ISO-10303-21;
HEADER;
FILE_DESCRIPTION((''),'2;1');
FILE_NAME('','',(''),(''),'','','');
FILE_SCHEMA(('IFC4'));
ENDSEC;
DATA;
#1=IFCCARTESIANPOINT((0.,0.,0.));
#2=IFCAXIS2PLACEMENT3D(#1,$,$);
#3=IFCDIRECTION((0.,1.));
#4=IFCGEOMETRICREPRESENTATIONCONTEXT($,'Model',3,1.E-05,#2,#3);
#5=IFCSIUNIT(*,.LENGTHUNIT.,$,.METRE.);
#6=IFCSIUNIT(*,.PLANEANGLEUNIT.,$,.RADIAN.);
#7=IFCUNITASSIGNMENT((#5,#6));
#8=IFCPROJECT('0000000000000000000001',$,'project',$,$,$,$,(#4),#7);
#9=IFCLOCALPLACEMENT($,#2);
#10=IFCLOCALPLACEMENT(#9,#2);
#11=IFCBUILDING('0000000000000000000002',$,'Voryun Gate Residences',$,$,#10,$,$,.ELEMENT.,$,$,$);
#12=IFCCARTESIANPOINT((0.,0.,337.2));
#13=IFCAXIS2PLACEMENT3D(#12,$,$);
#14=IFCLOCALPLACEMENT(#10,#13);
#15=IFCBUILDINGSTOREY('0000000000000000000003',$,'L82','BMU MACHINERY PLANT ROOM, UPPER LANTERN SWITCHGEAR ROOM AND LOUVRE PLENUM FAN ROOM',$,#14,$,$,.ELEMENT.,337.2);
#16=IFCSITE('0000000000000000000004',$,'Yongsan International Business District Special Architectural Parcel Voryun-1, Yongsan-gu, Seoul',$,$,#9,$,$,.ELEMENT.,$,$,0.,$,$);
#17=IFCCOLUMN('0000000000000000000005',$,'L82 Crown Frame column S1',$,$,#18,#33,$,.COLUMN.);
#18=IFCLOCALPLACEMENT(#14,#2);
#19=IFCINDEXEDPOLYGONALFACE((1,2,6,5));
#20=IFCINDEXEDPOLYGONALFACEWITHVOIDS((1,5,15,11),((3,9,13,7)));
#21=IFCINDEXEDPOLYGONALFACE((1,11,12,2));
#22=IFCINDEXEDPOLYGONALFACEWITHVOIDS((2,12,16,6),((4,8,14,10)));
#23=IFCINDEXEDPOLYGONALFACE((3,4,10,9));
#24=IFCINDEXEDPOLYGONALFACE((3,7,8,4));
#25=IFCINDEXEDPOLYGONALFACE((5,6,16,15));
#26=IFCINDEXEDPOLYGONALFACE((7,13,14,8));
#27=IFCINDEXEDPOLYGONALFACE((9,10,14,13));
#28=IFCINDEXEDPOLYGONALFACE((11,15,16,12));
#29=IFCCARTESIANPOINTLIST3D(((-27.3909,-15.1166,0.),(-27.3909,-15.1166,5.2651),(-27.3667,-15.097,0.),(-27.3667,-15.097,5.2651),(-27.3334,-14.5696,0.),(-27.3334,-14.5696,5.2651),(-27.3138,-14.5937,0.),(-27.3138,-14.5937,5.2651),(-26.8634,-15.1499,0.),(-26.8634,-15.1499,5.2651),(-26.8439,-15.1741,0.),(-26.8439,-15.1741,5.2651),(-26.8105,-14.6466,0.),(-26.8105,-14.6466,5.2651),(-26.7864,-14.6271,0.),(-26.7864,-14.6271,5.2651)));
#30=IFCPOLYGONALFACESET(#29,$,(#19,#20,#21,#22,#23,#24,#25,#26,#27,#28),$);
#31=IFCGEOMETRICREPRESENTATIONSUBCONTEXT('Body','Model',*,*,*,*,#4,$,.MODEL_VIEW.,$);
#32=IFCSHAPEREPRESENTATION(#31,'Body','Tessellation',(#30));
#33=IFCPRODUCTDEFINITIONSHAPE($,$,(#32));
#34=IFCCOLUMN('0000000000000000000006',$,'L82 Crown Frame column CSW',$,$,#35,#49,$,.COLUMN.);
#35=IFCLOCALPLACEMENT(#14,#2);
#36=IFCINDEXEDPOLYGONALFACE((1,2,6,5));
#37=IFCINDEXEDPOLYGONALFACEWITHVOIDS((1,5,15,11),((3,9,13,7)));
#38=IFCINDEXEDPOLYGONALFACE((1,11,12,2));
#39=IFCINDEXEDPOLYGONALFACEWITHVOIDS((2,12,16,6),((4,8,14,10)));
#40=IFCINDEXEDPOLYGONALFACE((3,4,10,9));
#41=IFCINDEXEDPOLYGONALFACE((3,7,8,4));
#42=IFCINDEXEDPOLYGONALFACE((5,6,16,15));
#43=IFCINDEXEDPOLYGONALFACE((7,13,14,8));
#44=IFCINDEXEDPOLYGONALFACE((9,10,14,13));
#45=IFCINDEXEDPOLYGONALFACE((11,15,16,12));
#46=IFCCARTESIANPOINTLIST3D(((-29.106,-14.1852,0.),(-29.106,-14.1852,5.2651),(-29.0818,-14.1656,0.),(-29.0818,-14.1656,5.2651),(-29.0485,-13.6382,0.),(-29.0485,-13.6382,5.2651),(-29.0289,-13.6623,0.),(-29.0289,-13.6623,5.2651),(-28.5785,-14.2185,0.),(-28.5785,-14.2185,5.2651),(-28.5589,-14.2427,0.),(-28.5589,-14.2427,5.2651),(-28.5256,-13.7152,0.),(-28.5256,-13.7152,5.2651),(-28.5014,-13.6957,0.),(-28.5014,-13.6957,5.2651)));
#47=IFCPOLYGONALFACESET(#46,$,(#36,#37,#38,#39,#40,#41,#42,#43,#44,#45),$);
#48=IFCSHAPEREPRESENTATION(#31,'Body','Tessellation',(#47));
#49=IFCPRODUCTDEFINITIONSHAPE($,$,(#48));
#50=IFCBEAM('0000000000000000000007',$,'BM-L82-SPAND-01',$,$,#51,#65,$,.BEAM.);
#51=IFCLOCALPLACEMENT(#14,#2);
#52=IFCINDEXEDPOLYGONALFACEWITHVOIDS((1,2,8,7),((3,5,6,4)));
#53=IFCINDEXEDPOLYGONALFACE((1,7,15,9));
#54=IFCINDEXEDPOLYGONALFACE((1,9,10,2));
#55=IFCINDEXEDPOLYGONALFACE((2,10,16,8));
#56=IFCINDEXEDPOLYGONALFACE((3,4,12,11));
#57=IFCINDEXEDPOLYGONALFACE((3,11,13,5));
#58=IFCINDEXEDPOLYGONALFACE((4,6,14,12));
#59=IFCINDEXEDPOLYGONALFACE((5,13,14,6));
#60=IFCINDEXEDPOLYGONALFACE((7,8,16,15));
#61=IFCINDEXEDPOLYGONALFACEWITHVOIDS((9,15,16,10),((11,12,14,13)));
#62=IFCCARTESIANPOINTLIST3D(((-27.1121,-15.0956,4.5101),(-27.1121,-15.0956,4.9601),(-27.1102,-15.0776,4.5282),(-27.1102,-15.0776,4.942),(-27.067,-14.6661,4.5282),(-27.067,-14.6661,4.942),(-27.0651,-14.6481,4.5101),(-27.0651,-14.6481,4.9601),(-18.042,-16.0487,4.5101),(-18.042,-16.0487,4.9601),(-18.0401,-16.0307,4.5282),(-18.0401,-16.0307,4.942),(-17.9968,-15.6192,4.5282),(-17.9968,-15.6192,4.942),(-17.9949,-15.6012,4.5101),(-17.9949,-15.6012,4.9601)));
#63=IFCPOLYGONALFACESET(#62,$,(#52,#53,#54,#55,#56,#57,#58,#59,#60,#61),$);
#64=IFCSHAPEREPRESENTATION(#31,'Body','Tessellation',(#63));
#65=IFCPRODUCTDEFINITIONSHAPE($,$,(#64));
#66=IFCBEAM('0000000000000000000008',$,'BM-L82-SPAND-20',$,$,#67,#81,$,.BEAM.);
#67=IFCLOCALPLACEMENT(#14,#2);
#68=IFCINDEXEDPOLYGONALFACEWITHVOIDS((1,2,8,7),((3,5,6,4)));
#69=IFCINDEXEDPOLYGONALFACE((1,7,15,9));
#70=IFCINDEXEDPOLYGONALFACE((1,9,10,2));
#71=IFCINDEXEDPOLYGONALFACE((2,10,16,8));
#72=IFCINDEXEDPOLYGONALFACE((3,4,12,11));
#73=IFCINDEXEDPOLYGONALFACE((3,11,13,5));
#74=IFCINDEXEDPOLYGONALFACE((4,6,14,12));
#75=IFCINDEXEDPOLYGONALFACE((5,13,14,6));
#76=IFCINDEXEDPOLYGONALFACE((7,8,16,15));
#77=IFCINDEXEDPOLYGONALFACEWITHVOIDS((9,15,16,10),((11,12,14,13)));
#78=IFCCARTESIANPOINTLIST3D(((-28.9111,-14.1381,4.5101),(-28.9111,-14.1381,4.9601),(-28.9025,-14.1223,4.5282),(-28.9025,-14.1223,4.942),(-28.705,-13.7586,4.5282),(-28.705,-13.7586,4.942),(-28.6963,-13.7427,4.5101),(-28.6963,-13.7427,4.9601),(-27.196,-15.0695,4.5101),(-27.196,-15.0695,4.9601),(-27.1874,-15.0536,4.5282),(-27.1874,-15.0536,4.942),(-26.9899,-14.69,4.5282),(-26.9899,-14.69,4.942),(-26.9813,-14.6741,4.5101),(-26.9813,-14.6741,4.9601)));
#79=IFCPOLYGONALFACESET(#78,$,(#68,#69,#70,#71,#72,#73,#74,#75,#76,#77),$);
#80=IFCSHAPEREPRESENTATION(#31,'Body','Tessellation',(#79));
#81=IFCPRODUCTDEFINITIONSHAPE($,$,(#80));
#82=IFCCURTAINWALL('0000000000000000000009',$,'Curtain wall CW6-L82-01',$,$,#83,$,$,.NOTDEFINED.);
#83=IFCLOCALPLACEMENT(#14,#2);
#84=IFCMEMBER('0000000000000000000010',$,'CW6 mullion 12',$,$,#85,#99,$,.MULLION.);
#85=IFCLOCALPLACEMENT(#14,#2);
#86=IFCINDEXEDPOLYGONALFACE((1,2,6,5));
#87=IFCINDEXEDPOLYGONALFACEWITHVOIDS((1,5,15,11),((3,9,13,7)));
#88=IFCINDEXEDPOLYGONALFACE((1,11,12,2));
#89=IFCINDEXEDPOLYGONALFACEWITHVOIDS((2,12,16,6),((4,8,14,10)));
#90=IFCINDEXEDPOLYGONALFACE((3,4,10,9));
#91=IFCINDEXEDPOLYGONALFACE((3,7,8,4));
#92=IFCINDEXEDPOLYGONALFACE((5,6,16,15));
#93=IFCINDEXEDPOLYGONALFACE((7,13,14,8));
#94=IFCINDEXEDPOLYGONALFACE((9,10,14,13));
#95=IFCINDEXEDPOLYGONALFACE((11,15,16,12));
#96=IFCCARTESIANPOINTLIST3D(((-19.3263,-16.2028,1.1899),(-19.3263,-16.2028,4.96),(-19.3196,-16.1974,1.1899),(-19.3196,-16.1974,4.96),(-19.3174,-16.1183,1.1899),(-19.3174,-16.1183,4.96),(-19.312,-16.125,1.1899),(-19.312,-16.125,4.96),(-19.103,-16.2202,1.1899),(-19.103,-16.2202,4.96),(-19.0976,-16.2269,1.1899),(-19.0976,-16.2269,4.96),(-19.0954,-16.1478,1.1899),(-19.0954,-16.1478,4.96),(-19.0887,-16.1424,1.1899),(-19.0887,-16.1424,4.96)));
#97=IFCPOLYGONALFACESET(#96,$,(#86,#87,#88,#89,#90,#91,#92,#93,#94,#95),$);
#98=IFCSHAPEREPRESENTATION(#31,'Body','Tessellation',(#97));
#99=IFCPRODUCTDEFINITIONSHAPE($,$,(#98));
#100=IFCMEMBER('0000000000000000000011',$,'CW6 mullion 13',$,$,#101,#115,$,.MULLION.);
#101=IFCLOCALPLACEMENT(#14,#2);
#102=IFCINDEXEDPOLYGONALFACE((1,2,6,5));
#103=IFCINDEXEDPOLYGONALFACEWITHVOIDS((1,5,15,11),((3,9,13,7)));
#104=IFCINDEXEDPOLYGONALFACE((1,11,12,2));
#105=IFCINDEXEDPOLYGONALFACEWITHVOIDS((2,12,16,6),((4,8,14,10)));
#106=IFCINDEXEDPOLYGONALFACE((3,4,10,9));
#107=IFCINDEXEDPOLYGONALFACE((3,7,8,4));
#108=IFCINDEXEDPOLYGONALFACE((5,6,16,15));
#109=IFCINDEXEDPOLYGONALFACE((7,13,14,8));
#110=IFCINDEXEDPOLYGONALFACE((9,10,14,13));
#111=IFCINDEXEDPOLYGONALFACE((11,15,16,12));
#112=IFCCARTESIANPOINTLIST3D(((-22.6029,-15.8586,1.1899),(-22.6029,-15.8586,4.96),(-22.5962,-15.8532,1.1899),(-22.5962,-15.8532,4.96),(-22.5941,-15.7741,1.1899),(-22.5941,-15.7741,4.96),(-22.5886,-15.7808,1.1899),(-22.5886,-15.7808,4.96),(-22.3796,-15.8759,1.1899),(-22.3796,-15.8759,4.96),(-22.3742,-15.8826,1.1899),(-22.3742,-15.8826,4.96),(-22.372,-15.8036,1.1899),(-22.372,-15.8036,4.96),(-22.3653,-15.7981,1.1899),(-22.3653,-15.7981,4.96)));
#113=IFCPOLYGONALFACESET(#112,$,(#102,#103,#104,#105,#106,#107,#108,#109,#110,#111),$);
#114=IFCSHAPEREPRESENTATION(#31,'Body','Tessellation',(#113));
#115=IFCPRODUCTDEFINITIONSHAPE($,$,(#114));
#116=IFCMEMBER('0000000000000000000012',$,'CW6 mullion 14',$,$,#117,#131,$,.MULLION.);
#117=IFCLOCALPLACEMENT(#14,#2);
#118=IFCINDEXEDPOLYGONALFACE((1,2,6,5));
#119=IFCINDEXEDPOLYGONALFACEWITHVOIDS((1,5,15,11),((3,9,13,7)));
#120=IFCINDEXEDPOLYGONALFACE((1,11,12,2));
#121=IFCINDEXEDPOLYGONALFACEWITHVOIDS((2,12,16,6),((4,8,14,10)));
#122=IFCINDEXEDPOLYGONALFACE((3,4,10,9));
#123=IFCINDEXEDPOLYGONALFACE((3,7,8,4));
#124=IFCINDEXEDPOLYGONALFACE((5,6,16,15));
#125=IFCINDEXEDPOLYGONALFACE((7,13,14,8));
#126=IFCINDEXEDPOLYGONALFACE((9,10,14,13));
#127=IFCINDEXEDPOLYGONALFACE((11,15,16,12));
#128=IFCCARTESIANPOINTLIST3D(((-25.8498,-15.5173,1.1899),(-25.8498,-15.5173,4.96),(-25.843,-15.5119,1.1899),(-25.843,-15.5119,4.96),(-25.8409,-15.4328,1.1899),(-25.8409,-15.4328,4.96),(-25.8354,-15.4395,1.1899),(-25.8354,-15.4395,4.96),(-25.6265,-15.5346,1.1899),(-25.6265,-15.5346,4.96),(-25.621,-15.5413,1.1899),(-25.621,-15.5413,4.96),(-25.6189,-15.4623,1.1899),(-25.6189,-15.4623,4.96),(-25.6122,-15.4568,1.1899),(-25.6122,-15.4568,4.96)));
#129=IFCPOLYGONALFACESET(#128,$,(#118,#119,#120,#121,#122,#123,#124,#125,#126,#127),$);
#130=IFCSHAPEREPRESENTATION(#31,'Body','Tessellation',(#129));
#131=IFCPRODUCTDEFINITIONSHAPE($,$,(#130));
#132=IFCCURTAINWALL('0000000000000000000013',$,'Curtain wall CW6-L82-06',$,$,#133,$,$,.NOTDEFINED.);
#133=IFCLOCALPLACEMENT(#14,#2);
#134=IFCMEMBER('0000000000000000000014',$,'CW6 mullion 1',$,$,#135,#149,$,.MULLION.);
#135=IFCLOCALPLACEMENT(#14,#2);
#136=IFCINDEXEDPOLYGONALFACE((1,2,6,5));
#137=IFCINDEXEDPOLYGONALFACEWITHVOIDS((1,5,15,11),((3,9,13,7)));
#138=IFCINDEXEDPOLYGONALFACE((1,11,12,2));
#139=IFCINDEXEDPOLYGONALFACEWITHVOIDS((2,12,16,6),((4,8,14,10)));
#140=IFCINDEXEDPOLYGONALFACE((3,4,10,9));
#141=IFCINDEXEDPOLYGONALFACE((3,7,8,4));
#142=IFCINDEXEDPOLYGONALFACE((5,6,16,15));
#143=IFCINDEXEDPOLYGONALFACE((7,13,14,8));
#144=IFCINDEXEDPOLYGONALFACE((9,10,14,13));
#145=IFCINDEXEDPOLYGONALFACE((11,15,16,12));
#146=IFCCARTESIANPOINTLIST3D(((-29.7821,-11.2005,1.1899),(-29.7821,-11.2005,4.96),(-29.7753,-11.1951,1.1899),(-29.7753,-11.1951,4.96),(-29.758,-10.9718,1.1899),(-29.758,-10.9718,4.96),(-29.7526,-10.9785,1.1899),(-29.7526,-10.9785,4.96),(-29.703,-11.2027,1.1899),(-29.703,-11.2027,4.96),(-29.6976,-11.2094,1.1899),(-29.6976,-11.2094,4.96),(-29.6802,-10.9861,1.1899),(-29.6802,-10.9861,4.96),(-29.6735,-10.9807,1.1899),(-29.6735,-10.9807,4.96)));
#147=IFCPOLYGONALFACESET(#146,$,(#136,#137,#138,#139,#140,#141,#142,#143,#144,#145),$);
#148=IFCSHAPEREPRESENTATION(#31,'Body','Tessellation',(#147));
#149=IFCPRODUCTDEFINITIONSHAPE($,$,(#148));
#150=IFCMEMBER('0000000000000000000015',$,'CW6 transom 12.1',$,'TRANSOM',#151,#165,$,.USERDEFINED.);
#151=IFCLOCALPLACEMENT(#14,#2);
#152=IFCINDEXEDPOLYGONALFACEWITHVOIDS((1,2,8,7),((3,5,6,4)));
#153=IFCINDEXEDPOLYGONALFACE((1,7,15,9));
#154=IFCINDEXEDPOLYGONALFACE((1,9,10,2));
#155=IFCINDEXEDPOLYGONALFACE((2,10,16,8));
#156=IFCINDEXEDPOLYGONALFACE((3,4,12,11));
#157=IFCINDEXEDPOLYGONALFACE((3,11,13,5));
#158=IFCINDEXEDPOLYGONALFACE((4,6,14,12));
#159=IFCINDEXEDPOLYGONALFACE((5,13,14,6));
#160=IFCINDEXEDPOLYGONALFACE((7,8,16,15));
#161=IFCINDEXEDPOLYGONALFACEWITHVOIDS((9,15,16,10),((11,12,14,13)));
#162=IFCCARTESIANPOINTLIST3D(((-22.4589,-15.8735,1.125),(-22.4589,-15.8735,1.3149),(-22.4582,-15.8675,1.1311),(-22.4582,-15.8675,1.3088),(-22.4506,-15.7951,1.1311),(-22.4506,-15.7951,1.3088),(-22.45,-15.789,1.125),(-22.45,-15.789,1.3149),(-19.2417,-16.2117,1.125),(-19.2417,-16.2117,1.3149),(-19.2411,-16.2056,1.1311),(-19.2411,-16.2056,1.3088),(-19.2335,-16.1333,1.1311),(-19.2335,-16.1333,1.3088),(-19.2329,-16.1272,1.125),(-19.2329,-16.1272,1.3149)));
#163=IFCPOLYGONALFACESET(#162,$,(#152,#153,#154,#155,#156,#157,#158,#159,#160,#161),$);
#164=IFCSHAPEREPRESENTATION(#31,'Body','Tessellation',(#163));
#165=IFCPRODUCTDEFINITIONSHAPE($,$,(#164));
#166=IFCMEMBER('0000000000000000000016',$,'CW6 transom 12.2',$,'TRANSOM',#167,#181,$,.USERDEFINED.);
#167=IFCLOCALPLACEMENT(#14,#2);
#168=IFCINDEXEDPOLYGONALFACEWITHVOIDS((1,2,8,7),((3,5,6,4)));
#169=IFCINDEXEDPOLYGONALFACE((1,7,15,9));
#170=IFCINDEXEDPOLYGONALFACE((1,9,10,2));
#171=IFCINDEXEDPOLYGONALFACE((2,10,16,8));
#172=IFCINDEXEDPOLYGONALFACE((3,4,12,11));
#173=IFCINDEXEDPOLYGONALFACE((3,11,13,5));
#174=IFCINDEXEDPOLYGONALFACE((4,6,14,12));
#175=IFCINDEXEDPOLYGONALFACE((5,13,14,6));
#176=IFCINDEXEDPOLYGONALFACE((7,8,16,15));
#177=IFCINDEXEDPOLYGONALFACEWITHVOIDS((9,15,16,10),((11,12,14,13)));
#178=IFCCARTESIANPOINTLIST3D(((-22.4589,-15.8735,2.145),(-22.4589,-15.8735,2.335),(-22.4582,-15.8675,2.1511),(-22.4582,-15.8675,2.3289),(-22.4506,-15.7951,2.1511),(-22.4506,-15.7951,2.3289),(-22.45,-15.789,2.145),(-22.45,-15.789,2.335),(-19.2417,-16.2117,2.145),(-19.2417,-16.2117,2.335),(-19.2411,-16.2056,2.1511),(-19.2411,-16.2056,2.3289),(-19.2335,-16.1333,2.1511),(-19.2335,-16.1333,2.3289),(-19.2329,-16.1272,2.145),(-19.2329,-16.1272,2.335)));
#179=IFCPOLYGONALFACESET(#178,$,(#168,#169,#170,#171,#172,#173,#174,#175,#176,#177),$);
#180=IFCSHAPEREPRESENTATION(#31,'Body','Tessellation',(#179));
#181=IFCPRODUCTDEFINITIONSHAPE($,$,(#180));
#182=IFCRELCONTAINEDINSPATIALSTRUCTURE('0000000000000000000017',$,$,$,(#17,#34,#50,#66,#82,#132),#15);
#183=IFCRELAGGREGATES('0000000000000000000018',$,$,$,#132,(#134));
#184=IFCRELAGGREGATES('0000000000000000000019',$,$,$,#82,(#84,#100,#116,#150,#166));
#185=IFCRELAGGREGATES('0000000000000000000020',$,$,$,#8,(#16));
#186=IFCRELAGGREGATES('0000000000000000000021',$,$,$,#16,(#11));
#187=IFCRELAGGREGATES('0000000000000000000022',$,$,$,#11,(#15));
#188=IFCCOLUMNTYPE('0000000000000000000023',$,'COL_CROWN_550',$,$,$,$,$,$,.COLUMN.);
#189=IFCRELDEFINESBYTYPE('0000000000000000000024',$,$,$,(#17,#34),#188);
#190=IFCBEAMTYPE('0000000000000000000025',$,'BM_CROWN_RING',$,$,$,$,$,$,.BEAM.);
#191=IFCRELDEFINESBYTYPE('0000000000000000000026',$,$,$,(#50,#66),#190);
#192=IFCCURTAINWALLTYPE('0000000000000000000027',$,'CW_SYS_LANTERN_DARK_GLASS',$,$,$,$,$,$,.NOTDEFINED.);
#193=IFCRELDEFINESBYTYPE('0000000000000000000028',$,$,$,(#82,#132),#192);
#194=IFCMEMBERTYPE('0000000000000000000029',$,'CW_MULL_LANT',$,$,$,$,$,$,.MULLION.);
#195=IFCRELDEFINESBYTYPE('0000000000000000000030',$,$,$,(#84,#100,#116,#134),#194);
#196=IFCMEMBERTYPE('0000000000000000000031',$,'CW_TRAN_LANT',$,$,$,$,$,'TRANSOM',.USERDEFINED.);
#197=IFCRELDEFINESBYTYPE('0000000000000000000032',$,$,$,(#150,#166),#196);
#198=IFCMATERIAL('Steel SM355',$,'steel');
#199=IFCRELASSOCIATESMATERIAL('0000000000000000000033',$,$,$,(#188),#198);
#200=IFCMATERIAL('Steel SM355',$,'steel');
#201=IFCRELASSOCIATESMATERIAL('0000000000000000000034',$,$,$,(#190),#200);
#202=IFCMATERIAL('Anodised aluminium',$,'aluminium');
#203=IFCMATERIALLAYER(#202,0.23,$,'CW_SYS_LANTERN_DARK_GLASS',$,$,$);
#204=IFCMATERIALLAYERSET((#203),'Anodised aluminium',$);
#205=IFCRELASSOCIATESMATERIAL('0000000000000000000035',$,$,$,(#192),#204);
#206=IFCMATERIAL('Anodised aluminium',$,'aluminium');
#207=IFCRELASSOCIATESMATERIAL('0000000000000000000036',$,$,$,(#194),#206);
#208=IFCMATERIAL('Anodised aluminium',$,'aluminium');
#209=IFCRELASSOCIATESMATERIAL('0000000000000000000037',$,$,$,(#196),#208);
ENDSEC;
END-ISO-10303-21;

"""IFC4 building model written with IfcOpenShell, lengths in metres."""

from ifc_helpers import new_model, si_unit, direction, frame, origin, origin_2d, place, context, subcontext, project, spatial, hollow_rectangle, extrude, material, layer, layer_set, material_profile, profile_set, type_object, element, aggregate, save


model = new_model("IFC4")

# Units and contexts
model_context = context("Model", 3, precision=1e-05, world=origin(), true_north=direction((0.0, 1.0)))
body_context = subcontext(model_context, "Body", "Model", "MODEL_VIEW")
ifc_project = project(units=[si_unit("LENGTHUNIT", "METRE"), si_unit("PLANEANGLEUNIT", "RADIAN")], contexts=[model_context])

# Site, building, storey
site_placement = place(None, origin())
site = spatial("IfcSite", under=ifc_project, at=site_placement, Name="Yongsan International Business District Special Architectural Parcel Voryun-1, Yongsan-gu, Seoul", CompositionType="ELEMENT", RefElevation=0.0)
building_placement = place(site_placement, origin())
building = spatial("IfcBuilding", under=site, at=building_placement, Name="Voryun Gate Residences", CompositionType="ELEMENT")
storey_placement = place(building_placement, frame((0.0, 0.0, 337.2)))
storey = spatial("IfcBuildingStorey", under=building, at=storey_placement, Name="L82", Description="BMU MACHINERY PLANT ROOM, UPPER LANTERN SWITCHGEAR ROOM AND LOUVRE PLENUM FAN ROOM", CompositionType="ELEMENT", Elevation=337.2)

# Columns
ifc_material_1 = material(Name="Steel SM355", Category="steel")
ifc_material_profile_1 = material_profile(ifc_material_1, hollow_rectangle(XDim=0.55, YDim=0.55, WallThickness=0.022, at=origin_2d()), Name="BOX-550x550x22")
ifc_profile_set_1 = profile_set([ifc_material_profile_1], Name="Steel SM355")
column_type = type_object("IfcColumnType", Name="COL_CROWN_550", PredefinedType="COLUMN", material=ifc_profile_set_1)
for number, where, z_axis, x_axis, name in (
    (1, (-27.0886, -14.8718, 0.0), (0.0, 0.0, 1.0), (0.994522, -0.104528, 0.0), "L82 Crown Frame column S1"),
    (2, (-28.8037, -13.9404, 0.0), (0.0, 0.0, 1.0), (0.994522, -0.104528, 0.0), "L82 Crown Frame column CSW"),
):
    element("IfcColumn", number, at=place(storey_placement, frame(where, z_axis=z_axis, x_axis=x_axis)), inside=storey, type_object=column_type, Name=name, PredefinedType="COLUMN", context=body_context, shape_type="SweptSolid", body=[
        extrude(hollow_rectangle(XDim=0.55, YDim=0.55, WallThickness=0.022, at=origin_2d()), origin(), (0.0, 0.0, 1.0), 5.2651),
    ])

# Beams
ifc_material_2 = material(Name="Steel SM355", Category="steel")
ifc_material_profile_2 = material_profile(ifc_material_2, hollow_rectangle(XDim=0.45, YDim=0.45, WallThickness=0.0181, at=origin_2d()), Name="BOX-450x450x18")
ifc_profile_set_2 = profile_set([ifc_material_profile_2], Name="Steel SM355")
beam_type = type_object("IfcBeamType", Name="BM_CROWN_RING", PredefinedType="BEAM", material=ifc_profile_set_2)
beam_1_placement = place(storey_placement, frame((-27.0886, -14.8718, 4.7351), z_axis=(0.994524, -0.104509, 0.0), x_axis=(0.104509, 0.994524, 0.0)))
element("IfcBeam", 3, at=beam_1_placement, inside=storey, type_object=beam_type, Name="BM-L82-SPAND-01", PredefinedType="BEAM", context=body_context, shape_type="SweptSolid", body=[
    extrude(hollow_rectangle(XDim=0.45, YDim=0.45, WallThickness=0.0181, at=origin_2d()), origin(), (0.0, 0.0, 1.0), 9.1201),
])
beam_2_placement = place(storey_placement, frame((-28.8037, -13.9404, 4.7351), z_axis=(0.878778, -0.47723, 0.0), x_axis=(0.47723, 0.878778, 0.0)))
element("IfcBeam", 4, at=beam_2_placement, inside=storey, type_object=beam_type, Name="BM-L82-SPAND-20", PredefinedType="BEAM", context=body_context, shape_type="SweptSolid", body=[
    extrude(hollow_rectangle(XDim=0.45, YDim=0.45, WallThickness=0.0181, at=origin_2d()), origin(), (0.0, 0.0, 1.0), 1.9517),
])

# Curtain wall, members
ifc_material_3 = material(Name="Anodised aluminium", Category="aluminium")
ifc_layer_1 = layer(ifc_material_3, 0.23, Name="CW_SYS_LANTERN_DARK_GLASS")
ifc_layer_set_1 = layer_set([ifc_layer_1], Name="Anodised aluminium")
curtain_wall_type = type_object("IfcCurtainWallType", Name="CW_SYS_LANTERN_DARK_GLASS", PredefinedType="NOTDEFINED", material=ifc_layer_set_1)
curtain_wall_1_placement = place(storey_placement, origin())
curtain_wall_1 = element("IfcCurtainWall", 5, at=curtain_wall_1_placement, inside=storey, type_object=curtain_wall_type, Name="Curtain wall CW6-L82-01", PredefinedType="NOTDEFINED")
ifc_material_4 = material(Name="Anodised aluminium", Category="aluminium")
ifc_material_profile_3 = material_profile(ifc_material_4, hollow_rectangle(XDim=0.085, YDim=0.23, WallThickness=0.0061, at=origin_2d()), Name="ALU-MULL-230x85x6")
ifc_profile_set_3 = profile_set([ifc_material_profile_3], Name="Anodised aluminium")
member_type_1 = type_object("IfcMemberType", Name="CW_MULL_LANT", PredefinedType="MULLION", material=ifc_profile_set_3)
member_1_placement = place(storey_placement, frame((-19.2075, -16.1726, 1.1899), z_axis=(0.0, 0.0, 1.0), x_axis=(-0.104528, -0.994522, 0.0)))
member_1 = element("IfcMember", 6, at=member_1_placement, type_object=member_type_1, Name="CW6 mullion 12", PredefinedType="MULLION", context=body_context, shape_type="SweptSolid", body=[
    extrude(hollow_rectangle(XDim=0.085, YDim=0.23, WallThickness=0.0061, at=origin_2d()), origin(), (0.0, 0.0, 1.0), 3.77),
])
member_2_placement = place(storey_placement, frame((-22.4841, -15.8284, 1.1899), z_axis=(0.0, 0.0, 1.0), x_axis=(-0.104528, -0.994522, 0.0)))
member_2 = element("IfcMember", 7, at=member_2_placement, type_object=member_type_1, Name="CW6 mullion 13", PredefinedType="MULLION", context=body_context, shape_type="SweptSolid", body=[
    extrude(hollow_rectangle(XDim=0.085, YDim=0.23, WallThickness=0.0061, at=origin_2d()), origin(), (0.0, 0.0, 1.0), 3.77),
])
member_3_placement = place(storey_placement, frame((-25.731, -15.4871, 1.1899), z_axis=(0.0, 0.0, 1.0), x_axis=(-0.104528, -0.994522, 0.0)))
member_3 = element("IfcMember", 8, at=member_3_placement, type_object=member_type_1, Name="CW6 mullion 14", PredefinedType="MULLION", context=body_context, shape_type="SweptSolid", body=[
    extrude(hollow_rectangle(XDim=0.085, YDim=0.23, WallThickness=0.0061, at=origin_2d()), origin(), (0.0, 0.0, 1.0), 3.77),
])

# Curtain wall, member
curtain_wall_2_placement = place(storey_placement, origin())
curtain_wall_2 = element("IfcCurtainWall", 9, at=curtain_wall_2_placement, inside=storey, type_object=curtain_wall_type, Name="Curtain wall CW6-L82-06", PredefinedType="NOTDEFINED")
member_4_placement = place(storey_placement, frame((-29.7278, -11.0906, 1.1899), z_axis=(0.0, 0.0, 1.0), x_axis=(-0.994522, 0.104528, 0.0)))
member_4 = element("IfcMember", 10, at=member_4_placement, type_object=member_type_1, Name="CW6 mullion 1", PredefinedType="MULLION", context=body_context, shape_type="SweptSolid", body=[
    extrude(hollow_rectangle(XDim=0.085, YDim=0.23, WallThickness=0.0061, at=origin_2d()), origin(), (0.0, 0.0, 1.0), 3.77),
])

# Members
ifc_material_5 = material(Name="Anodised aluminium", Category="aluminium")
ifc_material_profile_4 = material_profile(ifc_material_5, hollow_rectangle(XDim=0.085, YDim=0.1899, WallThickness=0.0061, at=origin_2d()), Name="ALU-TRAN-190x85x6")
ifc_profile_set_4 = profile_set([ifc_material_profile_4], Name="Anodised aluminium")
member_type_2 = type_object("IfcMemberType", Name="CW_TRAN_LANT", ElementType="TRANSOM", PredefinedType="USERDEFINED", material=ifc_profile_set_4)
member_5_placement = place(storey_placement, frame((-19.2373, -16.1694, 1.22), z_axis=(-0.994522, 0.104532, 0.0), x_axis=(-0.104532, -0.994522, 0.0)))
member_5 = element("IfcMember", 11, at=member_5_placement, type_object=member_type_2, Name="CW6 transom 12.1", ObjectType="TRANSOM", PredefinedType="USERDEFINED", context=body_context, shape_type="SweptSolid", body=[
    extrude(hollow_rectangle(XDim=0.085, YDim=0.1899, WallThickness=0.0061, at=origin_2d()), origin(), (0.0, 0.0, 1.0), 3.2349),
])
member_6_placement = place(storey_placement, frame((-19.2373, -16.1694, 2.24), z_axis=(-0.994522, 0.104532, 0.0), x_axis=(-0.104532, -0.994522, 0.0)))
member_6 = element("IfcMember", 12, at=member_6_placement, type_object=member_type_2, Name="CW6 transom 12.2", ObjectType="TRANSOM", PredefinedType="USERDEFINED", context=body_context, shape_type="SweptSolid", body=[
    extrude(hollow_rectangle(XDim=0.085, YDim=0.1899, WallThickness=0.0061, at=origin_2d()), origin(), (0.0, 0.0, 1.0), 3.2349),
])
aggregate(curtain_wall_2, [member_4])

aggregate(curtain_wall_1, [member_1, member_2, member_3, member_5, member_6])

save(model, "model.ifc")
